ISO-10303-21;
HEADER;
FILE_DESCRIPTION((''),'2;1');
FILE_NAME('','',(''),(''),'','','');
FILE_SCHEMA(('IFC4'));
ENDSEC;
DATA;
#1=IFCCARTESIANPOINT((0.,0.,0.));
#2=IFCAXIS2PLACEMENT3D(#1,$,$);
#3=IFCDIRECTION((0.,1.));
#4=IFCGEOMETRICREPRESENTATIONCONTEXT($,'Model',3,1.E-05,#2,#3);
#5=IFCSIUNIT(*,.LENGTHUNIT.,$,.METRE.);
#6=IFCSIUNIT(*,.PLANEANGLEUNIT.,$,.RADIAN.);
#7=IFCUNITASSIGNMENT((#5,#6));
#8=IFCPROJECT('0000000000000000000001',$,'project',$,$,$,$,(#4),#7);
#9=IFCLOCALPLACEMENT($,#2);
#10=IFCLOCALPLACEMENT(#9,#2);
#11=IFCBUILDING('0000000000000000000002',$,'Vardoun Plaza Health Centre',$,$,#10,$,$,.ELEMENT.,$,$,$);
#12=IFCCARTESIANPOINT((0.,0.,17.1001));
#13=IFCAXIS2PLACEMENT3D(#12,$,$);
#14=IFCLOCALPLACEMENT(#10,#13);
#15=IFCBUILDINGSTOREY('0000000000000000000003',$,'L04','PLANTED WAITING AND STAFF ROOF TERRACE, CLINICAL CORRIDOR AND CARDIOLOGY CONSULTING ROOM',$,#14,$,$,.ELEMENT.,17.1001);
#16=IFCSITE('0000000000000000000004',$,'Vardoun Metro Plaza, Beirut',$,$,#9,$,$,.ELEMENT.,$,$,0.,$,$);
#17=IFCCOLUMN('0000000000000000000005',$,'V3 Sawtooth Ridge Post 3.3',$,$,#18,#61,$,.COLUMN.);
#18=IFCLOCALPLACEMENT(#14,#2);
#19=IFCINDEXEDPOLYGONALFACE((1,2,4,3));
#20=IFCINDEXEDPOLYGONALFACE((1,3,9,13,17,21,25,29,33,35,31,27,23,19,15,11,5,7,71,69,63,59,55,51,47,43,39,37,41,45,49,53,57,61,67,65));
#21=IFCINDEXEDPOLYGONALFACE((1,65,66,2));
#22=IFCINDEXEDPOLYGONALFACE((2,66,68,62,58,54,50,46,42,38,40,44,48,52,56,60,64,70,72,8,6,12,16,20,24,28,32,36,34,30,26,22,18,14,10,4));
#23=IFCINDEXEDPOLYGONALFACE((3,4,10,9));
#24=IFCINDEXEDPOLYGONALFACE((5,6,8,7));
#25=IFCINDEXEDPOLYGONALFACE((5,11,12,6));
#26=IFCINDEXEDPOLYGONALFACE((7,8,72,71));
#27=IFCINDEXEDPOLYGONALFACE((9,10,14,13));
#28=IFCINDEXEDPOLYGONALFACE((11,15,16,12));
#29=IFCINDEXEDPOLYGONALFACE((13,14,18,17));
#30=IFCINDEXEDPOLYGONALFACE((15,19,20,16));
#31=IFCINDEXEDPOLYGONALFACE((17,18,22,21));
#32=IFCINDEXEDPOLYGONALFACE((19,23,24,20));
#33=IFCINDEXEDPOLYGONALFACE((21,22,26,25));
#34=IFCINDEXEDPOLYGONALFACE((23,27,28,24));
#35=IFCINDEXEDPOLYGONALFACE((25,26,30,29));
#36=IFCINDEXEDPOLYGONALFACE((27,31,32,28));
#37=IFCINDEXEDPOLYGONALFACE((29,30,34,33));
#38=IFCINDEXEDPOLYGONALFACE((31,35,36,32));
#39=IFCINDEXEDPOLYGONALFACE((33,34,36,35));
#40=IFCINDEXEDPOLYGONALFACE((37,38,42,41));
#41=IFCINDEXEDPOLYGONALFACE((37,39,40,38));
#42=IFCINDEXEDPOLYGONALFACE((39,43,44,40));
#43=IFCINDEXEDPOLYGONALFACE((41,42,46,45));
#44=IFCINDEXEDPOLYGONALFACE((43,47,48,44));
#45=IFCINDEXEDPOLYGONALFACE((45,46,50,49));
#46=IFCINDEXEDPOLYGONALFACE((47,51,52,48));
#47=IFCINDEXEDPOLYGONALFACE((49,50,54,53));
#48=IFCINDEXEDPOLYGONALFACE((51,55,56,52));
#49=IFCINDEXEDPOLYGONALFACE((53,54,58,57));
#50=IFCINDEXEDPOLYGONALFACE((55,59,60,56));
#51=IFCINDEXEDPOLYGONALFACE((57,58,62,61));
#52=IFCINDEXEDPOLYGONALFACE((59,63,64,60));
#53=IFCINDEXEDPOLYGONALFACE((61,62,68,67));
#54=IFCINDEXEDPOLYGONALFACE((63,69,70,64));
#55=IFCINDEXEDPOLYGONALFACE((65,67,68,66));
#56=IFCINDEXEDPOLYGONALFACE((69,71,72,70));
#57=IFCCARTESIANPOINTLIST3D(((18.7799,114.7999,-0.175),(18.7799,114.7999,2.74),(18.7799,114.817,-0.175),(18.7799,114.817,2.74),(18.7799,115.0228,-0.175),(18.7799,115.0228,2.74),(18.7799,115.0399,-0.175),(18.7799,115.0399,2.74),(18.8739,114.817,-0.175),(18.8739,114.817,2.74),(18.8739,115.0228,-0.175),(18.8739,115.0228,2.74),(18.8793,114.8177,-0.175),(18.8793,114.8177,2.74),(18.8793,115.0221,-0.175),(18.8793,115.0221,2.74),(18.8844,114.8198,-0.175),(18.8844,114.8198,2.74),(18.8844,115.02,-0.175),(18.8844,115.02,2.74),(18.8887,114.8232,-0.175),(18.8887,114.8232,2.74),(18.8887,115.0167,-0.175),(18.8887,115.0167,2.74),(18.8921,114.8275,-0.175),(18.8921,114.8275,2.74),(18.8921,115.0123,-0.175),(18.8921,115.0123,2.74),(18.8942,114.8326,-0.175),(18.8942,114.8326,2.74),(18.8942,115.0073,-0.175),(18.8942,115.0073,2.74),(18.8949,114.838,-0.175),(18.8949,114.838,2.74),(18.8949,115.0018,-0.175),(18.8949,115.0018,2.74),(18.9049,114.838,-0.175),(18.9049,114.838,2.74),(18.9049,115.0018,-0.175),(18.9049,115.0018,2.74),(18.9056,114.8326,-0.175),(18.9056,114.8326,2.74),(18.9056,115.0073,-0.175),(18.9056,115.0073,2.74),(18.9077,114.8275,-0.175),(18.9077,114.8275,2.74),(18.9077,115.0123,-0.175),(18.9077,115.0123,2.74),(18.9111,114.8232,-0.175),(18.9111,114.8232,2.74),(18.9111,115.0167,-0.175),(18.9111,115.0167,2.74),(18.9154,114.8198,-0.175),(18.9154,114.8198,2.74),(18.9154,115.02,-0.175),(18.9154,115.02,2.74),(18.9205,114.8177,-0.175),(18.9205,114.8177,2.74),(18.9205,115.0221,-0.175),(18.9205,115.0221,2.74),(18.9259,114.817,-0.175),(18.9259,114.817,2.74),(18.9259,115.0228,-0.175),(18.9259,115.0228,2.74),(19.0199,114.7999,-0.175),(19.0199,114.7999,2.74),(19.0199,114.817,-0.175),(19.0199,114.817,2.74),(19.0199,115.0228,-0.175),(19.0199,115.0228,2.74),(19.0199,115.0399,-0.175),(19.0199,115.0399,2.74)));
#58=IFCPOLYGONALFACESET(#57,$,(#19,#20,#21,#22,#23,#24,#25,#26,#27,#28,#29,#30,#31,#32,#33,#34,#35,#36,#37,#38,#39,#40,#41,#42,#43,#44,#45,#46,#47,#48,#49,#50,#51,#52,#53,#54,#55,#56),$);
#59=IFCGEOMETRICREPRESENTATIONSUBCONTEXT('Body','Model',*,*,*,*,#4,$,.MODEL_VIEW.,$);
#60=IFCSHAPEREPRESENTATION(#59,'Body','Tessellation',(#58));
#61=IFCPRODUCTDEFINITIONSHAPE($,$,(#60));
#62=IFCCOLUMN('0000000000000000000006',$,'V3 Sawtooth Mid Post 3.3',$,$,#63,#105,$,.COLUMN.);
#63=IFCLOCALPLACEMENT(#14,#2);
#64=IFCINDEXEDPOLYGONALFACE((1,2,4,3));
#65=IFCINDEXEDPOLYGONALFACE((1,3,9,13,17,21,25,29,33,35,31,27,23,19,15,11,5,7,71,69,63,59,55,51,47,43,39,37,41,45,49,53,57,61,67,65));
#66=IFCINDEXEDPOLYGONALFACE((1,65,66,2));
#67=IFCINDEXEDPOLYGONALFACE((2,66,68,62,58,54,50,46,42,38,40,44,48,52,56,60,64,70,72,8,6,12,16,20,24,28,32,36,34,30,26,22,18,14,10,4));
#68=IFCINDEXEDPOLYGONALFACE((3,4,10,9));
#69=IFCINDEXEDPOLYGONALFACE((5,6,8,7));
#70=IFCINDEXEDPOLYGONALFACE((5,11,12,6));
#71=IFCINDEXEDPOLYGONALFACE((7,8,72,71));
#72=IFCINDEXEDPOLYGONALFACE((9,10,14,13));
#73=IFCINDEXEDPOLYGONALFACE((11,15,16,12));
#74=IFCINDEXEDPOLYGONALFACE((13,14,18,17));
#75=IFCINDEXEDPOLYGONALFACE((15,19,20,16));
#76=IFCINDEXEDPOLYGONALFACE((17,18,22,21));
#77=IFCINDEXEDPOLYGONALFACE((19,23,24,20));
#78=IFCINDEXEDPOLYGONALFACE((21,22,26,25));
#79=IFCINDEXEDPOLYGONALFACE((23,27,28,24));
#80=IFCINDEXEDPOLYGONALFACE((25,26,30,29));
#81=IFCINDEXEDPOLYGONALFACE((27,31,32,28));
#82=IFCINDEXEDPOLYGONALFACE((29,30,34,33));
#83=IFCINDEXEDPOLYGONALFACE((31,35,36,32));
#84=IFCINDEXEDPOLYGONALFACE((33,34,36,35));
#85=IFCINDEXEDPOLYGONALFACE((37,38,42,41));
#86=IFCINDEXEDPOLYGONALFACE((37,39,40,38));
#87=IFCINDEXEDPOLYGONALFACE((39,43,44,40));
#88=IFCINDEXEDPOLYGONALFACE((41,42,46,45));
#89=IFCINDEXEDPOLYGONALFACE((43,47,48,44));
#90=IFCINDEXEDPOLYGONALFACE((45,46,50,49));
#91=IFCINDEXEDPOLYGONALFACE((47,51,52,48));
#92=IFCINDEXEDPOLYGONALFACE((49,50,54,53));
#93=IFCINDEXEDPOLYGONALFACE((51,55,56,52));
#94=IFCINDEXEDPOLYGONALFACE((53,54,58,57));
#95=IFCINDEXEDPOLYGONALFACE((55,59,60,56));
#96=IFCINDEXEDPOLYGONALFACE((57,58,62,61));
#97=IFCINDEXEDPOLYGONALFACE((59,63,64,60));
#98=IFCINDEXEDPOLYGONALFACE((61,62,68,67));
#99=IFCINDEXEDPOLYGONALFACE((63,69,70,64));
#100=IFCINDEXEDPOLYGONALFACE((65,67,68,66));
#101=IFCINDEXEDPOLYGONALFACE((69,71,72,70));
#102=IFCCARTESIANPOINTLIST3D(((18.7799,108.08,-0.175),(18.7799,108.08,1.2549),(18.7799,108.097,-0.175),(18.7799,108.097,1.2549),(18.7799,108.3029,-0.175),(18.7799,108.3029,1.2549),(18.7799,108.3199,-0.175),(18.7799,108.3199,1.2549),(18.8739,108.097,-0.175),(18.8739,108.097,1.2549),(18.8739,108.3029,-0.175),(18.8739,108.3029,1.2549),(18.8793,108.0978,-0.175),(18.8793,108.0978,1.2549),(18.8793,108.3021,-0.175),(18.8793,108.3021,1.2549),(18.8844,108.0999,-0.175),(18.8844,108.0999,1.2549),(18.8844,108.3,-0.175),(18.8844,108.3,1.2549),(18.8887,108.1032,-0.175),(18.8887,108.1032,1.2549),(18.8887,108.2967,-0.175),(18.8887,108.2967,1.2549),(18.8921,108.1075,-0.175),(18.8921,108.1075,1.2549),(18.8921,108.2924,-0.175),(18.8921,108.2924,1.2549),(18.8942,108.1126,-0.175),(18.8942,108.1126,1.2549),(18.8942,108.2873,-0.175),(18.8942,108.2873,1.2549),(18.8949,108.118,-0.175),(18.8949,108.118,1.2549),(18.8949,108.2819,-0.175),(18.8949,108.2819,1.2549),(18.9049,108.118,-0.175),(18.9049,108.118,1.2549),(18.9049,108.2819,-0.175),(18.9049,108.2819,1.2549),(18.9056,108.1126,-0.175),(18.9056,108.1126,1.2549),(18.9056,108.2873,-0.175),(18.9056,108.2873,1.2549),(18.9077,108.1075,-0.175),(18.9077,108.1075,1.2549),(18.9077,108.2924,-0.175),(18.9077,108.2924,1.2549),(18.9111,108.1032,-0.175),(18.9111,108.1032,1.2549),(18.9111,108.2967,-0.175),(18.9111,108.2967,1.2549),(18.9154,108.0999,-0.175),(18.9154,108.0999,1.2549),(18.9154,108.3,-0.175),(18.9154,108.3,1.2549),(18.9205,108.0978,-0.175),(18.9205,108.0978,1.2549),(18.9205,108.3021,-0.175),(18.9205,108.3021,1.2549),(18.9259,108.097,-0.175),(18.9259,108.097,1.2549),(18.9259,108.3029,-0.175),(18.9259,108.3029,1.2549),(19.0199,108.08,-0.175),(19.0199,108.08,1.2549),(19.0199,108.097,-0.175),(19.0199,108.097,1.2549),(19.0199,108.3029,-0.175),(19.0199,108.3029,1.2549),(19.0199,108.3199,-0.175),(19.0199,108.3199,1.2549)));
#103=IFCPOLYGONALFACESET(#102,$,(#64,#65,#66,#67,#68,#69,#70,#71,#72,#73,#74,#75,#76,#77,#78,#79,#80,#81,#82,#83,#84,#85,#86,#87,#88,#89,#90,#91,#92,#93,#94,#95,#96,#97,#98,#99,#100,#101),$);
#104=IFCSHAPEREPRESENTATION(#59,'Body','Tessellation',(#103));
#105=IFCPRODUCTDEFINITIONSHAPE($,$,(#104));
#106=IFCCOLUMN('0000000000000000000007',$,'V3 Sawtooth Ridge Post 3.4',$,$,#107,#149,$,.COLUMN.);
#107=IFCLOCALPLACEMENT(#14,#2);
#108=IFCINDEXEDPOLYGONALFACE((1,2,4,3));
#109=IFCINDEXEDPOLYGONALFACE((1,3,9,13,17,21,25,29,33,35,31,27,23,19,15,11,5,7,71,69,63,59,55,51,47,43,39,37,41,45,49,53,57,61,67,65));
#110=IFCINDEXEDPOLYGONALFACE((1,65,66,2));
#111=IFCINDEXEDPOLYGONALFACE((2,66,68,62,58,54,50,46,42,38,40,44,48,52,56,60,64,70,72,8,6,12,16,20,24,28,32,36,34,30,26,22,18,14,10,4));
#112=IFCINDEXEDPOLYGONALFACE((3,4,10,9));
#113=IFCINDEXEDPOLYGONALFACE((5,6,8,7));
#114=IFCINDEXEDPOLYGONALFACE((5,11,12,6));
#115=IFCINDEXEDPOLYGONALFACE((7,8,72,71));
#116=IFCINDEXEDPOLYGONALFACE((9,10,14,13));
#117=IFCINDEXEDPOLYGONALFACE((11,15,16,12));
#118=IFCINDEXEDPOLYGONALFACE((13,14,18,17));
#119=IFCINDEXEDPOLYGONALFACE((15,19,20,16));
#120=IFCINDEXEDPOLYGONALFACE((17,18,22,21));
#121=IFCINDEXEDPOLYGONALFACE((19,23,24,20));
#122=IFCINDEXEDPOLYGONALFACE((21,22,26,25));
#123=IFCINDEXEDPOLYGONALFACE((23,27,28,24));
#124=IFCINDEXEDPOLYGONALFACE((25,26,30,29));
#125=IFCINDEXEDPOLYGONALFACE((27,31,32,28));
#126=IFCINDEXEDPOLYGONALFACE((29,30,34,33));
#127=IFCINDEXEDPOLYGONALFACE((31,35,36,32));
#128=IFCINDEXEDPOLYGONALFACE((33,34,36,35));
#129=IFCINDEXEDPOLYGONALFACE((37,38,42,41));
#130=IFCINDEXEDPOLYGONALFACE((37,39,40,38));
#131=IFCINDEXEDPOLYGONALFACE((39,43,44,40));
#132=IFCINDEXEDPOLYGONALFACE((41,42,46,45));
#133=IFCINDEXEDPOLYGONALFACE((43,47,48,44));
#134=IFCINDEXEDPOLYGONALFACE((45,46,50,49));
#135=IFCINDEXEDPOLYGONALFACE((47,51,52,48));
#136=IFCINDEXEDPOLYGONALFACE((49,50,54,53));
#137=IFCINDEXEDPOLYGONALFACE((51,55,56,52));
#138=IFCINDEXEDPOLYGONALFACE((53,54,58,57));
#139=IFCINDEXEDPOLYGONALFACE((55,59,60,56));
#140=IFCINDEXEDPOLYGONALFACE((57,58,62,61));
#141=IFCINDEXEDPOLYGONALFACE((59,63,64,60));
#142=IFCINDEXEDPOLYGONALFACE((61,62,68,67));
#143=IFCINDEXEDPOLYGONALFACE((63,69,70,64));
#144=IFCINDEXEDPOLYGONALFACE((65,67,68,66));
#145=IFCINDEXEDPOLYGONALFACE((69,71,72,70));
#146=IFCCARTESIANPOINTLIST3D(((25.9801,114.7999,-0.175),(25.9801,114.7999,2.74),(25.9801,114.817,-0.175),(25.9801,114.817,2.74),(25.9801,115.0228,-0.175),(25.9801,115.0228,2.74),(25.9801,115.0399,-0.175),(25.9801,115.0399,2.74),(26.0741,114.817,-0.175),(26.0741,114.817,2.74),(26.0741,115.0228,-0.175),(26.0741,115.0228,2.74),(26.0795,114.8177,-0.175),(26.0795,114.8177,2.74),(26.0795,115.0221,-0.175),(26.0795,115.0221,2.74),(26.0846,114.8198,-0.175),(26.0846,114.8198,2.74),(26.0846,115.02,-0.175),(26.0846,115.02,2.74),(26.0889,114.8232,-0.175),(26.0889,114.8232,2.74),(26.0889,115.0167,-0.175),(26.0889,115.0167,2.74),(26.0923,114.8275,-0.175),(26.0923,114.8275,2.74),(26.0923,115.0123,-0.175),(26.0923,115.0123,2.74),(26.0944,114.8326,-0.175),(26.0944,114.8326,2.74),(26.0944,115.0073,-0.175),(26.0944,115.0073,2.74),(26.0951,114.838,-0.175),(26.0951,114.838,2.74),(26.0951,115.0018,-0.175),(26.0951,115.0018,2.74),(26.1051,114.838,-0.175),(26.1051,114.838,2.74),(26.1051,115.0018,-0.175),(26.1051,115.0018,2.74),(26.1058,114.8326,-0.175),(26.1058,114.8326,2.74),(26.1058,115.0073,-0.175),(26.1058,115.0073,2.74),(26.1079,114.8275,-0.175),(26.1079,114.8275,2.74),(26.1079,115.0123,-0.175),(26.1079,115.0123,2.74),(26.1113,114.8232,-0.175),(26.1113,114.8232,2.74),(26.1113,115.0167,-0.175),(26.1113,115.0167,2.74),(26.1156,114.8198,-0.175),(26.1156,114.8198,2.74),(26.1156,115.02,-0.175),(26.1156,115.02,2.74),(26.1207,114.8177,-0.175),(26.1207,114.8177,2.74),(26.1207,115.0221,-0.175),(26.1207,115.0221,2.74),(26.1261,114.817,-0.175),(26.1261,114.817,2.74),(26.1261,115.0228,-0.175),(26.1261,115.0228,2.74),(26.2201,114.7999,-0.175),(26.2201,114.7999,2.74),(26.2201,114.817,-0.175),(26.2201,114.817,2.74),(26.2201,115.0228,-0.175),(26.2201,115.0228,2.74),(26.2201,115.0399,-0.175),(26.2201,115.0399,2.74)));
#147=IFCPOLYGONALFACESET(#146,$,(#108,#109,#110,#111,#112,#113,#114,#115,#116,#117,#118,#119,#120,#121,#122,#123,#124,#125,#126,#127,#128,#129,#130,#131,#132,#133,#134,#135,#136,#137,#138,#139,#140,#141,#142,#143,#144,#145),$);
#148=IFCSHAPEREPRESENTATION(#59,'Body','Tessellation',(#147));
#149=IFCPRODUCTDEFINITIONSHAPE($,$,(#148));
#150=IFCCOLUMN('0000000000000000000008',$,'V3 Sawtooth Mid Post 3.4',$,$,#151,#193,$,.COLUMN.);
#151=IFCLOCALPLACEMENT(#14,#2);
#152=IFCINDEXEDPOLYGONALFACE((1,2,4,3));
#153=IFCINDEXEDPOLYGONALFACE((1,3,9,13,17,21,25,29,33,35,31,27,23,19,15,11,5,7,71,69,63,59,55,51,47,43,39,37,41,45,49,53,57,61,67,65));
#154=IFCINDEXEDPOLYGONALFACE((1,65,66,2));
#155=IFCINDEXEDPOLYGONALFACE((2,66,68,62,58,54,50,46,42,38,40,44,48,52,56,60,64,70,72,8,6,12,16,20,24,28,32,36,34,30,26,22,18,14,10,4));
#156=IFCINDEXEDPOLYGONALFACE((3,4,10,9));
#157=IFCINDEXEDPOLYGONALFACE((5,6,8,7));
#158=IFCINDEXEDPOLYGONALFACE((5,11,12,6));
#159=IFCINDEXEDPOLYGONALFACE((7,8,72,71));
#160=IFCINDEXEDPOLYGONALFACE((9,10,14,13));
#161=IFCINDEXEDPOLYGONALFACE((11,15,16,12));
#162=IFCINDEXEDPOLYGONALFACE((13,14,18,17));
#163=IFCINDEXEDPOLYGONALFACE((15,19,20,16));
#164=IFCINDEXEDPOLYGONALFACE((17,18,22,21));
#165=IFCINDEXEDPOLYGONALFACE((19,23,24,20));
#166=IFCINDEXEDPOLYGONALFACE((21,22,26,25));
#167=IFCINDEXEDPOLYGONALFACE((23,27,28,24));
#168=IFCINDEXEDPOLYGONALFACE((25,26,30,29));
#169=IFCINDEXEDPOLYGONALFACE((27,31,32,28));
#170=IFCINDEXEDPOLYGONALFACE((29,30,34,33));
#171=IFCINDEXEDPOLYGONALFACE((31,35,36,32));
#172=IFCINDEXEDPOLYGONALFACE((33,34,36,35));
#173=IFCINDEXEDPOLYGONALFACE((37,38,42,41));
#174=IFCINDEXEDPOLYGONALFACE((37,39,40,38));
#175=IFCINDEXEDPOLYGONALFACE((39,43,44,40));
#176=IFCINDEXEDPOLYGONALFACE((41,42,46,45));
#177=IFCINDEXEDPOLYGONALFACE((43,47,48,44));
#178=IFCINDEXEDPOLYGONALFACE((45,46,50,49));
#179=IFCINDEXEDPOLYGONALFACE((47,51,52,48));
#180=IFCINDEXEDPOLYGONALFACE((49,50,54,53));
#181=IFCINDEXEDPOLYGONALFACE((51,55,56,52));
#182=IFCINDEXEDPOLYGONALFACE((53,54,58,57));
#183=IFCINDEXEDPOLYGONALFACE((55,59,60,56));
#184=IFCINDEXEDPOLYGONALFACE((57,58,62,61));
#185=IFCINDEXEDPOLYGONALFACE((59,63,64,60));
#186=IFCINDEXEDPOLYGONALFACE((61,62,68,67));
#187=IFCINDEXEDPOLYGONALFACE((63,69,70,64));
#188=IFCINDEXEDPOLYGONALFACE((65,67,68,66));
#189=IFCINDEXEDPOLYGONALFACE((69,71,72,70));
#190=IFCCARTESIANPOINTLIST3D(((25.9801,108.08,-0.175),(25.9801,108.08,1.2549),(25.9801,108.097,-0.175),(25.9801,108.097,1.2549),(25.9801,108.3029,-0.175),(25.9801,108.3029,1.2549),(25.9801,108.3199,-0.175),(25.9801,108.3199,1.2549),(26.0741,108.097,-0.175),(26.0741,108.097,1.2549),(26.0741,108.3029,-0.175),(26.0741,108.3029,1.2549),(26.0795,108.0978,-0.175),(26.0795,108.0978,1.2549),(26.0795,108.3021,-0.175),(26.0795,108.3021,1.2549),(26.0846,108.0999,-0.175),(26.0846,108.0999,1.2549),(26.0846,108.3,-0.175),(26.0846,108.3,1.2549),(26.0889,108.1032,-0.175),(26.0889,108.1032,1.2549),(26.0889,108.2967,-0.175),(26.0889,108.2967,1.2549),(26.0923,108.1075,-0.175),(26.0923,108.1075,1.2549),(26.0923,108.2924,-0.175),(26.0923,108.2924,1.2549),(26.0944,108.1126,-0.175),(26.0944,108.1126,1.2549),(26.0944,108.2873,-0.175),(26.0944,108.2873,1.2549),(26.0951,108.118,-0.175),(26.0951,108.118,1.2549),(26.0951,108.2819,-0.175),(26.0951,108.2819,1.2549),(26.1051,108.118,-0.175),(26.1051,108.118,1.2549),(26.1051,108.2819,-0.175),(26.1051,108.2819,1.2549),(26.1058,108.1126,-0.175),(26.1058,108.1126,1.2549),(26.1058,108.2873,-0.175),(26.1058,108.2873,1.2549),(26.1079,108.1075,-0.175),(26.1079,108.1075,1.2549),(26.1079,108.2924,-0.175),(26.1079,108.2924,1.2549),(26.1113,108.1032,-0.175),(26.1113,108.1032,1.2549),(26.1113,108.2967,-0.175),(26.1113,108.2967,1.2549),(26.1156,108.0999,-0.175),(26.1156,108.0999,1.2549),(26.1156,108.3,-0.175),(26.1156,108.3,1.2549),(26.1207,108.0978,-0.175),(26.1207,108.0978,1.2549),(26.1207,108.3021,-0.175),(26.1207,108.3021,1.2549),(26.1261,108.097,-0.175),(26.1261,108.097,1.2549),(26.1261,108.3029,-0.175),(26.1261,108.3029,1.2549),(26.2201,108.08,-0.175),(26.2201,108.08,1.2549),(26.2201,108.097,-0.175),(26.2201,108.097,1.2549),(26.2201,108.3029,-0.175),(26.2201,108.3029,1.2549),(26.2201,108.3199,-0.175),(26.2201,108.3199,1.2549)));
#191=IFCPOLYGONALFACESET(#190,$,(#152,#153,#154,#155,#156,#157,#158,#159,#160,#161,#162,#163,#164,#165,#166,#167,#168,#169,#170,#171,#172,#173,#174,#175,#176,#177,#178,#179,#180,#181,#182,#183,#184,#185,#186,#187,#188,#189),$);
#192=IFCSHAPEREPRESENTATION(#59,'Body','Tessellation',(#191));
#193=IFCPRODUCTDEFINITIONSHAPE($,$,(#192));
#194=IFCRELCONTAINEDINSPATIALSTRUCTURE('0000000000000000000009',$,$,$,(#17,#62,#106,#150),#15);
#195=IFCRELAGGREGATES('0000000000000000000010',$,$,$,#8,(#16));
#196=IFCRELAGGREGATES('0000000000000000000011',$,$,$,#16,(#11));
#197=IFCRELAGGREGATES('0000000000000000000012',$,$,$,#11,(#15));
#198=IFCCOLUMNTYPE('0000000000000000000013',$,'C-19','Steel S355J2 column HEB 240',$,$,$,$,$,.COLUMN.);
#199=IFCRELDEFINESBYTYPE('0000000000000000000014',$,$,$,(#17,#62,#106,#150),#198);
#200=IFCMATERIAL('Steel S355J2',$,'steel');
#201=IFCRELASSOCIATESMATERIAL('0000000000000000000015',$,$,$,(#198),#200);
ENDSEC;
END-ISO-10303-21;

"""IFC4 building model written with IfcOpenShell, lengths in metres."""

from ifc_helpers import new_model, si_unit, direction, frame, origin, origin_2d, place, context, subcontext, project, spatial, i_section, extrude, material, material_profile, profile_set, type_object, element, save


model = new_model("IFC4")

# Units and contexts
model_context = context("Model", 3, precision=1e-05, world=origin(), true_north=direction((0.0, 1.0)))
body_context = subcontext(model_context, "Body", "Model", "MODEL_VIEW")
ifc_project = project(units=[si_unit("LENGTHUNIT", "METRE"), si_unit("PLANEANGLEUNIT", "RADIAN")], contexts=[model_context])

# Site, building, storey
site_placement = place(None, origin())
site = spatial("IfcSite", under=ifc_project, at=site_placement, Name="Vardoun Metro Plaza, Beirut", CompositionType="ELEMENT", RefElevation=0.0)
building_placement = place(site_placement, origin())
building = spatial("IfcBuilding", under=site, at=building_placement, Name="Vardoun Plaza Health Centre", CompositionType="ELEMENT")
storey_placement = place(building_placement, frame((0.0, 0.0, 17.1001)))
storey = spatial("IfcBuildingStorey", under=building, at=storey_placement, Name="L04", Description="PLANTED WAITING AND STAFF ROOF TERRACE, CLINICAL CORRIDOR AND CARDIOLOGY CONSULTING ROOM", CompositionType="ELEMENT", Elevation=17.1001)

# Columns
ifc_material_1 = material(Name="Steel S355J2", Category="steel")
ifc_material_profile_1 = material_profile(ifc_material_1, i_section(OverallWidth=0.24, OverallDepth=0.24, WebThickness=0.01, FlangeThickness=0.0171, FilletRadius=0.021, at=origin_2d()), Name="HEB 240")
ifc_profile_set_1 = profile_set([ifc_material_profile_1], Name="Steel S355J2")
column_type = type_object("IfcColumnType", Name="C-19", Description="Steel S355J2 column HEB 240", PredefinedType="COLUMN", material=ifc_profile_set_1)
column_1_placement = place(storey_placement, frame((18.8999, 114.9199, -0.175), z_axis=(0.0, 0.0, 1.0), x_axis=(1.0, 0.0, 0.0)))
element("IfcColumn", 1, at=column_1_placement, inside=storey, type_object=column_type, Name="V3 Sawtooth Ridge Post 3.3", PredefinedType="COLUMN", context=body_context, shape_type="SweptSolid", body=[
    extrude(i_section(OverallWidth=0.24, OverallDepth=0.24, WebThickness=0.01, FlangeThickness=0.0171, FilletRadius=0.021, at=origin_2d()), origin(), (0.0, 0.0, 1.0), 2.915),
])
column_2_placement = place(storey_placement, frame((18.8999, 108.2, -0.175), z_axis=(0.0, 0.0, 1.0), x_axis=(1.0, 0.0, 0.0)))
element("IfcColumn", 2, at=column_2_placement, inside=storey, type_object=column_type, Name="V3 Sawtooth Mid Post 3.3", PredefinedType="COLUMN", context=body_context, shape_type="SweptSolid", body=[
    extrude(i_section(OverallWidth=0.24, OverallDepth=0.24, WebThickness=0.01, FlangeThickness=0.0171, FilletRadius=0.021, at=origin_2d()), origin(), (0.0, 0.0, 1.0), 1.4299),
])
column_3_placement = place(storey_placement, frame((26.1001, 114.9199, -0.175), z_axis=(0.0, 0.0, 1.0), x_axis=(1.0, 0.0, 0.0)))
element("IfcColumn", 3, at=column_3_placement, inside=storey, type_object=column_type, Name="V3 Sawtooth Ridge Post 3.4", PredefinedType="COLUMN", context=body_context, shape_type="SweptSolid", body=[
    extrude(i_section(OverallWidth=0.24, OverallDepth=0.24, WebThickness=0.01, FlangeThickness=0.0171, FilletRadius=0.021, at=origin_2d()), origin(), (0.0, 0.0, 1.0), 2.915),
])
column_4_placement = place(storey_placement, frame((26.1001, 108.2, -0.175), z_axis=(0.0, 0.0, 1.0), x_axis=(1.0, 0.0, 0.0)))
element("IfcColumn", 4, at=column_4_placement, inside=storey, type_object=column_type, Name="V3 Sawtooth Mid Post 3.4", PredefinedType="COLUMN", context=body_context, shape_type="SweptSolid", body=[
    extrude(i_section(OverallWidth=0.24, OverallDepth=0.24, WebThickness=0.01, FlangeThickness=0.0171, FilletRadius=0.021, at=origin_2d()), origin(), (0.0, 0.0, 1.0), 1.4299),
])

save(model, "model.ifc")
